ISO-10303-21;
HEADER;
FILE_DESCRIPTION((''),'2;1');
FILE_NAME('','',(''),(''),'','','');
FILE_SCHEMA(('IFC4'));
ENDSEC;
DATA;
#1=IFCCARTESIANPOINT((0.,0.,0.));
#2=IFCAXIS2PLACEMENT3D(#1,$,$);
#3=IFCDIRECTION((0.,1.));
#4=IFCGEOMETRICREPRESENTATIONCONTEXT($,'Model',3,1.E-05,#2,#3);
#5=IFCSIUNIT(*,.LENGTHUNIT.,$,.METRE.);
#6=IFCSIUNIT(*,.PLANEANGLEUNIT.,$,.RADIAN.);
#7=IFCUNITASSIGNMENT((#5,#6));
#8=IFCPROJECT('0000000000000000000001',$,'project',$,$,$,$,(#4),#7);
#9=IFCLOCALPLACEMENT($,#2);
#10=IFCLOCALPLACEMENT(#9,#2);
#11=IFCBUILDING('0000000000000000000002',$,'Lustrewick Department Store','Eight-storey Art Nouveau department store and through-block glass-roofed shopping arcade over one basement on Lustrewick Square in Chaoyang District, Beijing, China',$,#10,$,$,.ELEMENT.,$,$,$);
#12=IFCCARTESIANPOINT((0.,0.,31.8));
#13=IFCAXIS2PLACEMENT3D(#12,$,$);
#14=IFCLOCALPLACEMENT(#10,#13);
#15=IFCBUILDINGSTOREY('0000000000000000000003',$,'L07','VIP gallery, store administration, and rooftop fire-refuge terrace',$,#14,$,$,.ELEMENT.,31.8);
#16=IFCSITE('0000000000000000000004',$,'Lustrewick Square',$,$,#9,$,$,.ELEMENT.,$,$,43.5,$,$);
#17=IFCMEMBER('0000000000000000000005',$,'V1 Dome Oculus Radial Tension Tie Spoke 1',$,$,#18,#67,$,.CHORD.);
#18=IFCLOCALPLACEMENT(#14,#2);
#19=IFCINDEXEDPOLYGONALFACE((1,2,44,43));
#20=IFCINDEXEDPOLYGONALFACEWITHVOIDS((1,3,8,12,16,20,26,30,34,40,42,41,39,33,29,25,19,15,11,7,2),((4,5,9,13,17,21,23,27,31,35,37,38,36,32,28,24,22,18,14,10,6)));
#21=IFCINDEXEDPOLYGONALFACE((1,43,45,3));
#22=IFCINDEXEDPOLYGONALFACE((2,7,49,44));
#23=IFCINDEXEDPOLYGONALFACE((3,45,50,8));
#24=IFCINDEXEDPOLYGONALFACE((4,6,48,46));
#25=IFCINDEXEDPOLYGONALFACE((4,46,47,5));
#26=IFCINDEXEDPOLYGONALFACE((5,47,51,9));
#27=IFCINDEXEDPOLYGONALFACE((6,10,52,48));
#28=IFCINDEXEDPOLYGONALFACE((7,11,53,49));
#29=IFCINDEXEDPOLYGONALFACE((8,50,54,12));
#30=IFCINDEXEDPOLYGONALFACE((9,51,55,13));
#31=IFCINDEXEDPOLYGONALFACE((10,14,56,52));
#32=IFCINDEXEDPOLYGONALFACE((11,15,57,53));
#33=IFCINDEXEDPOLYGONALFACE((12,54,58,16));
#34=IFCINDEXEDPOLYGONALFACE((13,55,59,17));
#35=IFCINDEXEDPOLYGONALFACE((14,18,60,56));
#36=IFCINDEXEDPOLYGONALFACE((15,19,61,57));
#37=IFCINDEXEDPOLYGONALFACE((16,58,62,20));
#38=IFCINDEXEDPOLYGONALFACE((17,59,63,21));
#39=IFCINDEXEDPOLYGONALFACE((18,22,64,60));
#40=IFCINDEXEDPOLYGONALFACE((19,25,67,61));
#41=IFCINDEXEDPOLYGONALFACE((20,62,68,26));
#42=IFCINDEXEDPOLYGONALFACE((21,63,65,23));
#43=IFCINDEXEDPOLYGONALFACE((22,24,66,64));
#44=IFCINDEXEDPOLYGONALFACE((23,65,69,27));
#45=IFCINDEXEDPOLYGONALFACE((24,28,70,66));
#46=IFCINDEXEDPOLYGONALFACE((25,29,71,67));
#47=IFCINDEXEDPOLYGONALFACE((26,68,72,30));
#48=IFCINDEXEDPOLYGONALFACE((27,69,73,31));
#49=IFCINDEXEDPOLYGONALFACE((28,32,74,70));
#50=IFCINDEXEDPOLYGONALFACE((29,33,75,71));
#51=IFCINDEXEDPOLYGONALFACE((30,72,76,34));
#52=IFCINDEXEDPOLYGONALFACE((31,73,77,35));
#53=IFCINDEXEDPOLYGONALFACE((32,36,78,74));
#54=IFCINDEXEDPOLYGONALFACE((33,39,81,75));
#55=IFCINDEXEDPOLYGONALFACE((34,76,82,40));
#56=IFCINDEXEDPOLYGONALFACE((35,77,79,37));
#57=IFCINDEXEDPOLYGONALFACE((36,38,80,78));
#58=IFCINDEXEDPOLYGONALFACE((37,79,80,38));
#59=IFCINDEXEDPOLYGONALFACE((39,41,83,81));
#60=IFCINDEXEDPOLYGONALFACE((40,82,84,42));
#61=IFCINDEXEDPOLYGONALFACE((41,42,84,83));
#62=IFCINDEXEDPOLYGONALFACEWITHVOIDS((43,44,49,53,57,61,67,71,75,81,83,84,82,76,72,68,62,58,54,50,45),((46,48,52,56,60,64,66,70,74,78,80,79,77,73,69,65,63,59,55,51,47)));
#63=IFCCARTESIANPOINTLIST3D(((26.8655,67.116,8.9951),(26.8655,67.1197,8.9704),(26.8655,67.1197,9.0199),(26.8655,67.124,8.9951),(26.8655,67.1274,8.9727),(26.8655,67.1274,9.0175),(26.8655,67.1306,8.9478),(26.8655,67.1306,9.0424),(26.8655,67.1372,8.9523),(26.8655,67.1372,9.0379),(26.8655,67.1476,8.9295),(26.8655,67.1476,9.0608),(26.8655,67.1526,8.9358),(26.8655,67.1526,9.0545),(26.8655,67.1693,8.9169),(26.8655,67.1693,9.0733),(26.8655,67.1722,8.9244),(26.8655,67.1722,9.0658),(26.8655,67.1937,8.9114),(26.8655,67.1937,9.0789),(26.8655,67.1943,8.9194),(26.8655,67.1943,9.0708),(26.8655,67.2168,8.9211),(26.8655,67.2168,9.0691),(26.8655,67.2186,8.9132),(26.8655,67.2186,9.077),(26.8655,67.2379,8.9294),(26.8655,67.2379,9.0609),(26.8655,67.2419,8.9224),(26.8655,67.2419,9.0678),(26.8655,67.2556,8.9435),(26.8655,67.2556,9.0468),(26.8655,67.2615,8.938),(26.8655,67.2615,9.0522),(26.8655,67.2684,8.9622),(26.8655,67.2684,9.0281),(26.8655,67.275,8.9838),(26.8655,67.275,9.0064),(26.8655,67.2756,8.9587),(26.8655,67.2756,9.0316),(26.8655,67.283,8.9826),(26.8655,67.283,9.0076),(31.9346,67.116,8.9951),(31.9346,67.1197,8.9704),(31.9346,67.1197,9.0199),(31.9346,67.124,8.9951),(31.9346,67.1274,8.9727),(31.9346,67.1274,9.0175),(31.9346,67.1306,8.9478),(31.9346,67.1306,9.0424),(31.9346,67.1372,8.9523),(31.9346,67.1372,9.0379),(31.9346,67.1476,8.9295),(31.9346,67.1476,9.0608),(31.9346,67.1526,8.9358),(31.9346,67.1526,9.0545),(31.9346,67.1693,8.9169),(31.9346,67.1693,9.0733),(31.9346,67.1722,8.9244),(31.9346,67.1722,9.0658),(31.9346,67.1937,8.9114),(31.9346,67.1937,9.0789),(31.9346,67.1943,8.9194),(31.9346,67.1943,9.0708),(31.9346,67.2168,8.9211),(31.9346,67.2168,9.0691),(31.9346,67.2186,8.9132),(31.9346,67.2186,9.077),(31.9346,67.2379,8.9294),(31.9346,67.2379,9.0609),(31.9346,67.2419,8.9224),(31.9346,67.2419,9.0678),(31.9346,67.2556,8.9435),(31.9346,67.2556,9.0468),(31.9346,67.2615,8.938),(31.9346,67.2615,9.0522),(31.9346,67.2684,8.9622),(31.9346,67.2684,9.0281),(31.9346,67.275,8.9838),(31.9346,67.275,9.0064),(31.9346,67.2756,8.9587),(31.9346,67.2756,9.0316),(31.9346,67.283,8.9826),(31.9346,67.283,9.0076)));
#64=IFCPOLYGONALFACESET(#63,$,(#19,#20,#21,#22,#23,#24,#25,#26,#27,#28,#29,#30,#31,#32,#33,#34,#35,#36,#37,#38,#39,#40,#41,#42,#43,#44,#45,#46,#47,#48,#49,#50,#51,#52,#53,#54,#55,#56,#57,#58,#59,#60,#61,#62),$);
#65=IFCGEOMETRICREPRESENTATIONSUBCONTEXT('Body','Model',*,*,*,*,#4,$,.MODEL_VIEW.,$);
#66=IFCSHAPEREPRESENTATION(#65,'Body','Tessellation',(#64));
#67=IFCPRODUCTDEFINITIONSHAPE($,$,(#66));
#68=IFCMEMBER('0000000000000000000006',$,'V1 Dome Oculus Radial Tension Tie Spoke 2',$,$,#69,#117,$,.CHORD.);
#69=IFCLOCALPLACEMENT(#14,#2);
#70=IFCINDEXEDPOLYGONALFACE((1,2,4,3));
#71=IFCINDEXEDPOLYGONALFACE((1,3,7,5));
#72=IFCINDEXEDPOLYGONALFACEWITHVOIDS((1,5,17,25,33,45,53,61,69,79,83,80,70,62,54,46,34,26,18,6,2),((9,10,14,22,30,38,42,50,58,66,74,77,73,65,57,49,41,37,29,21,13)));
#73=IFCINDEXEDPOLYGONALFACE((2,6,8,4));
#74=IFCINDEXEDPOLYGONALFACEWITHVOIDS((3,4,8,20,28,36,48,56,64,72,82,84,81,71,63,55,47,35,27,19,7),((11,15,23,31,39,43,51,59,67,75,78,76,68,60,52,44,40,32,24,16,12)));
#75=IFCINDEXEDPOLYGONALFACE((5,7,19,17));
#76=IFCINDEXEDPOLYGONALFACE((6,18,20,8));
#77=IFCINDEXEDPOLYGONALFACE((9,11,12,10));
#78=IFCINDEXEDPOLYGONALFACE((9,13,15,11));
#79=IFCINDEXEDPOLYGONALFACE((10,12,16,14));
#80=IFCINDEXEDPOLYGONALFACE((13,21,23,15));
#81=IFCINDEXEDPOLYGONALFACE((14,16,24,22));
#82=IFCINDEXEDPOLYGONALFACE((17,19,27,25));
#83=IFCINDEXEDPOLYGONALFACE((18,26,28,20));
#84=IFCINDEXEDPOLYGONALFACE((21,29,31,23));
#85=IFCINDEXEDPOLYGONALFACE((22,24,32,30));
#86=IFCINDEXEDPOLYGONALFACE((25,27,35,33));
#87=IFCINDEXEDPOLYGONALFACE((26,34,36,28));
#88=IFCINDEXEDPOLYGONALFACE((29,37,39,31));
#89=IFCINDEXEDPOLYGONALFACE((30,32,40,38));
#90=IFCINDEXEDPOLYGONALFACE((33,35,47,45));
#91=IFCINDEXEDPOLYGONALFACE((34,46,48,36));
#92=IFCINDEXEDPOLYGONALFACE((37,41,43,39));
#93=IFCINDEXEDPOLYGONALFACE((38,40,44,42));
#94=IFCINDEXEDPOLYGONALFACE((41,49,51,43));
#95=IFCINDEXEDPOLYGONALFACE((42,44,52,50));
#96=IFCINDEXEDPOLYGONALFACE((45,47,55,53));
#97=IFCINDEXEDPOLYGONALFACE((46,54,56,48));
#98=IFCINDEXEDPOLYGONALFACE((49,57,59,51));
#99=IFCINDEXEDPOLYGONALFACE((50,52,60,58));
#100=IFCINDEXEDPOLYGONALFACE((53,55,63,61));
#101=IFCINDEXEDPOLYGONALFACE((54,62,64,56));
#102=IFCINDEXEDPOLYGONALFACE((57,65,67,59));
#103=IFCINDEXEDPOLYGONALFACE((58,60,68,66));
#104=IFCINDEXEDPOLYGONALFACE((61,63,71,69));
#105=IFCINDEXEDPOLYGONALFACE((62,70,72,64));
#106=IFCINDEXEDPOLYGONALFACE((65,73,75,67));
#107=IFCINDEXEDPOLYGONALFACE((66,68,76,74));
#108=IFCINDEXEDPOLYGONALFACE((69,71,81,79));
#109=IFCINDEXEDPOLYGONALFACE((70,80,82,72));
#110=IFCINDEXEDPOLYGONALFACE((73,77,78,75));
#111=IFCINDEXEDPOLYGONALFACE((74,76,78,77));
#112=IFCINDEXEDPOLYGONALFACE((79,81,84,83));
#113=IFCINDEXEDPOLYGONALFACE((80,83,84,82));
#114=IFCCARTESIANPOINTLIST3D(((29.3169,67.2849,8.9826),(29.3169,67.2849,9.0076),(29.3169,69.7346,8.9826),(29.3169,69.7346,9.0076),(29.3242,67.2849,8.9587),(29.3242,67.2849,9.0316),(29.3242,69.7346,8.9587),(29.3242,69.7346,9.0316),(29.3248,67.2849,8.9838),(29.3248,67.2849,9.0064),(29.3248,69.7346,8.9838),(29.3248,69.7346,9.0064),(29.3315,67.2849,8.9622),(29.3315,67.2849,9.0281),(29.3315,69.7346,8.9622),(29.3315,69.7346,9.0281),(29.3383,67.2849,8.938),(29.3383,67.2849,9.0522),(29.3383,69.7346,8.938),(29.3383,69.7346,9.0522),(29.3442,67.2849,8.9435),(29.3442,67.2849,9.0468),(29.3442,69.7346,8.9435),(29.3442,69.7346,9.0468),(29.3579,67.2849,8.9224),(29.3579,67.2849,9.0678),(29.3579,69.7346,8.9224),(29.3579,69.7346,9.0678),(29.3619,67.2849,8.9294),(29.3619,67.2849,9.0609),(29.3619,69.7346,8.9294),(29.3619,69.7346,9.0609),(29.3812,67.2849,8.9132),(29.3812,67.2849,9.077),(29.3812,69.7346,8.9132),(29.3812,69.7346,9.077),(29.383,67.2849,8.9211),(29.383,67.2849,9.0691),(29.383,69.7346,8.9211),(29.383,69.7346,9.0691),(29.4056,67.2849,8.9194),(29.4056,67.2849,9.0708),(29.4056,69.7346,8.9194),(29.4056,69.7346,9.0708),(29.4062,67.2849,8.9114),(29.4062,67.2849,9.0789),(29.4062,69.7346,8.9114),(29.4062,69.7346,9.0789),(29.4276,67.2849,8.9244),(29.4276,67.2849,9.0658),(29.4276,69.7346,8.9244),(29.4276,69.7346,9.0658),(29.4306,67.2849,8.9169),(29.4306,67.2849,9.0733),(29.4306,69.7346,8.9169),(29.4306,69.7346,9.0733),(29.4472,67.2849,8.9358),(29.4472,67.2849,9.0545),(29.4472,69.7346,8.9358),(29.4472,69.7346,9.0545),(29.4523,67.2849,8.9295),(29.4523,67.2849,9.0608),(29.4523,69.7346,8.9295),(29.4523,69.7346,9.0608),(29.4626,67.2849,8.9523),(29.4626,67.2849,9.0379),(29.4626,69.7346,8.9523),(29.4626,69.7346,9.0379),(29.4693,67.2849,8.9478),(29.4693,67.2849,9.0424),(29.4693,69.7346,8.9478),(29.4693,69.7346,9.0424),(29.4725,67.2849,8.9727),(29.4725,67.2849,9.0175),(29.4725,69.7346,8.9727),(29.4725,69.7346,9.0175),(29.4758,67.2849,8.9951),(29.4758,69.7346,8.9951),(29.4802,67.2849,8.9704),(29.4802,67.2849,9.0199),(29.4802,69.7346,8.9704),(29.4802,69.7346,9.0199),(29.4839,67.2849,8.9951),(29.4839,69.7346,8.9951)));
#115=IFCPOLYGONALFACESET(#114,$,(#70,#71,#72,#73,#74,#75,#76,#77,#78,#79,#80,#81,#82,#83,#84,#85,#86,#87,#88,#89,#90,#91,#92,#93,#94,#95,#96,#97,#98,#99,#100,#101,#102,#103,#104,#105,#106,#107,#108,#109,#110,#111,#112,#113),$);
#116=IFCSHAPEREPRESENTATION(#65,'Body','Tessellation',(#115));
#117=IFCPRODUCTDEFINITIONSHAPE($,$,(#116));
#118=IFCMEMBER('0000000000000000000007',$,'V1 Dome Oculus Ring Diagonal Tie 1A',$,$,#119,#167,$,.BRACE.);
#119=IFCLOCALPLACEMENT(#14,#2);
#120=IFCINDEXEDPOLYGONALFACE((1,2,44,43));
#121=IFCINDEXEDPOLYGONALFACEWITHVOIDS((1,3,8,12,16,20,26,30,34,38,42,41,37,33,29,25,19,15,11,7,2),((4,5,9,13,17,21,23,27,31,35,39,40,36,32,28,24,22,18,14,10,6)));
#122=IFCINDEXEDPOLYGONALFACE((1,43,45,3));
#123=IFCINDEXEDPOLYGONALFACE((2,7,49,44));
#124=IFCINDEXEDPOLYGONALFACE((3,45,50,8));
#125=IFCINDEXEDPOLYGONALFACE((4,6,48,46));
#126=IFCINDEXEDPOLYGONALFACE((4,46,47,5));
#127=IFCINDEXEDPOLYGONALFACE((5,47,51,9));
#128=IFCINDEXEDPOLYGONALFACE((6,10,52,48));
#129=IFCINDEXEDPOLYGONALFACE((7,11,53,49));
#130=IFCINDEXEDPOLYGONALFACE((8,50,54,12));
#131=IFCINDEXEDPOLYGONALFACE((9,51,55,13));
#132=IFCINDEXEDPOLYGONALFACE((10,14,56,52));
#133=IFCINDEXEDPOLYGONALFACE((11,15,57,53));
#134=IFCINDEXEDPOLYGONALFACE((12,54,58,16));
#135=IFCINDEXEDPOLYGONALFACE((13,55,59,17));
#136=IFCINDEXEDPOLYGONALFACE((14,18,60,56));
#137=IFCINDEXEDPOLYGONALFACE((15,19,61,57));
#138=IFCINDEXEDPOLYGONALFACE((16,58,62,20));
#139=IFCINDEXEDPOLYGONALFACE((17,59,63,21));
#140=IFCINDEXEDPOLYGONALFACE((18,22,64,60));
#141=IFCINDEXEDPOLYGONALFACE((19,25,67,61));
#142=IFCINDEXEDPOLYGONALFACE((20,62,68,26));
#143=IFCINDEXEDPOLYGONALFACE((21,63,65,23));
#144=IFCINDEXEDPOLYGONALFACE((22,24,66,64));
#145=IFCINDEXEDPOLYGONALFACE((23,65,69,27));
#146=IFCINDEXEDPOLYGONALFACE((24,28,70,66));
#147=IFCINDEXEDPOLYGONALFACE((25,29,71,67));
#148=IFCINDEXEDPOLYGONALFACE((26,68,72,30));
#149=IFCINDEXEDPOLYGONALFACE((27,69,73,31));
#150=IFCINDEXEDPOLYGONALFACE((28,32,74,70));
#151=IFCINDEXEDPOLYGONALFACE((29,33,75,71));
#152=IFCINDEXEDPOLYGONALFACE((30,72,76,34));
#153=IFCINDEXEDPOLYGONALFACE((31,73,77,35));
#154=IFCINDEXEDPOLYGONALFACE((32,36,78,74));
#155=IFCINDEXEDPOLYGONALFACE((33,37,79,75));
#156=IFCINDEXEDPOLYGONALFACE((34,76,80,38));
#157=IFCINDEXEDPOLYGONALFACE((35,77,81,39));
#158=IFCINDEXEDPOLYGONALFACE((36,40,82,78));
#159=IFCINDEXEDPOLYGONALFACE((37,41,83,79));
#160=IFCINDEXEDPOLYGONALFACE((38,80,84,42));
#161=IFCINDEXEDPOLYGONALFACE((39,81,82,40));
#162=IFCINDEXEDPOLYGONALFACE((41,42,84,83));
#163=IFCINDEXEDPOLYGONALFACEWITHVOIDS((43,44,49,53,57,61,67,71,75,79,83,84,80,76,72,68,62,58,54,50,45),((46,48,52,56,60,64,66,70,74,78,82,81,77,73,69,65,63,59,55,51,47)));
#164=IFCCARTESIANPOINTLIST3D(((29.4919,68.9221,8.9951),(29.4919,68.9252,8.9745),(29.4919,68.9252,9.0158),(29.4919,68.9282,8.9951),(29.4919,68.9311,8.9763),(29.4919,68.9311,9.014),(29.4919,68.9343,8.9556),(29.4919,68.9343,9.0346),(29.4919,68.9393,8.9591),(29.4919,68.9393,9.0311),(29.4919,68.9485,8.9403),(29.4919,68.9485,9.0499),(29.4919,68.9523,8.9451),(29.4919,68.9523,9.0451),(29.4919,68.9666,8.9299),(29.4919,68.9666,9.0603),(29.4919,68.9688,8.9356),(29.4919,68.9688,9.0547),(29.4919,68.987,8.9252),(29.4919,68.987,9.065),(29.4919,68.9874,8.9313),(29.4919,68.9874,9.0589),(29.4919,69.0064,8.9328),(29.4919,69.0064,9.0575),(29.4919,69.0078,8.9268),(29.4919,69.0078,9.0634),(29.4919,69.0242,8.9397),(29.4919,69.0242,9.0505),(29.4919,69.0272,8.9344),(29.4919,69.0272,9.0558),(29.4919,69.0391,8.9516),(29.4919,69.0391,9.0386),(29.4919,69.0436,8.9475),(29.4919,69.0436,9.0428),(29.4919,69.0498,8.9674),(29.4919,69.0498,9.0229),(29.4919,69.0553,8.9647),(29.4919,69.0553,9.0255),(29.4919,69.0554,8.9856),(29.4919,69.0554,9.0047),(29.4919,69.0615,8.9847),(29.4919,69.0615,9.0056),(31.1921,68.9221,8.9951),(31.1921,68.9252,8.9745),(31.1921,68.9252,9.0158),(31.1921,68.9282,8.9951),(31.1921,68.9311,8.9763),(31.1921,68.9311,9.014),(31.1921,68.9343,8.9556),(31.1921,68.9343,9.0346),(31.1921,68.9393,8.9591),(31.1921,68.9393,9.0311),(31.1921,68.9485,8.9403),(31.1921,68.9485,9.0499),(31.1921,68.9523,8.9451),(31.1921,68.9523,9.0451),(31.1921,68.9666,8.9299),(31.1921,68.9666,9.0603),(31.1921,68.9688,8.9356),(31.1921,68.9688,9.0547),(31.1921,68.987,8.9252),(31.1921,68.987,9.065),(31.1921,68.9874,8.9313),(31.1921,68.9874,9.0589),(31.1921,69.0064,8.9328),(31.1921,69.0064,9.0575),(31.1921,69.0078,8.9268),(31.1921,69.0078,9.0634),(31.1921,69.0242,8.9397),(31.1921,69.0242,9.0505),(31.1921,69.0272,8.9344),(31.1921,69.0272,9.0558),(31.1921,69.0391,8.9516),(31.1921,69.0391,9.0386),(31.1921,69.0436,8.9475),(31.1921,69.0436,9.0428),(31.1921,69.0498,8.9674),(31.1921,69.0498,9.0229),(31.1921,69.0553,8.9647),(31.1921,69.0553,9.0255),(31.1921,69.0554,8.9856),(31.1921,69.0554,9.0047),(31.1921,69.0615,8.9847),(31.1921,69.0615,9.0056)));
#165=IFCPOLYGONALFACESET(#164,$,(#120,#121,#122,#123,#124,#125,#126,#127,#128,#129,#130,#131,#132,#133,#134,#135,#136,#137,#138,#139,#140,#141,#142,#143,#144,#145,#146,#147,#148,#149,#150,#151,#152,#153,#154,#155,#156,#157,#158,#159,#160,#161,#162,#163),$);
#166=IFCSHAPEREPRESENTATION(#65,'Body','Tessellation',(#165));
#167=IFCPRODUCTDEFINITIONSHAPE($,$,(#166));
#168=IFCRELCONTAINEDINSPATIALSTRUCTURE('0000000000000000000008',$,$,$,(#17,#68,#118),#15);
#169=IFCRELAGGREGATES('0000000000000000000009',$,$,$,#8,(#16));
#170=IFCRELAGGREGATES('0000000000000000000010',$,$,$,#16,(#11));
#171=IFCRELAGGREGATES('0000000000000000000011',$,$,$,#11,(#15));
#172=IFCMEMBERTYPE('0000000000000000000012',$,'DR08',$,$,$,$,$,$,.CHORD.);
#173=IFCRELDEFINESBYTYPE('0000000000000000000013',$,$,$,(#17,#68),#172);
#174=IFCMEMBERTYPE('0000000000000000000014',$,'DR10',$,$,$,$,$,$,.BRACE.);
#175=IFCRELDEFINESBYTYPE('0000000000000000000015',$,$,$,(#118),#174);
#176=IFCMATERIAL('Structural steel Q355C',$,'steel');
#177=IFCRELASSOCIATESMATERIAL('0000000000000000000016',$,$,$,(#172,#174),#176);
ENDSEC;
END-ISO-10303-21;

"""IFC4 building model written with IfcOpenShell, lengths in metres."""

from ifc_helpers import new_model, si_unit, direction, frame, origin, origin_2d, place, context, subcontext, project, spatial, hollow_circle, extrude, material, material_profile, profile_set, type_object, element, save


model = new_model("IFC4")

# Units and contexts
model_context = context("Model", 3, precision=1e-05, world=origin(), true_north=direction((0.0, 1.0)))
body_context = subcontext(model_context, "Body", "Model", "MODEL_VIEW")
ifc_project = project(units=[si_unit("LENGTHUNIT", "METRE"), si_unit("PLANEANGLEUNIT", "RADIAN")], contexts=[model_context])

# Site, building, storey
site_placement = place(None, origin())
site = spatial("IfcSite", under=ifc_project, at=site_placement, Name="Lustrewick Square", CompositionType="ELEMENT", RefElevation=43.5)
building_placement = place(site_placement, origin())
building = spatial("IfcBuilding", under=site, at=building_placement, Name="Lustrewick Department Store", Description="Eight-storey Art Nouveau department store and through-block glass-roofed shopping arcade over one basement on Lustrewick Square in Chaoyang District, Beijing, China", CompositionType="ELEMENT")
storey_placement = place(building_placement, frame((0.0, 0.0, 31.8)))
storey = spatial("IfcBuildingStorey", under=building, at=storey_placement, Name="L07", Description="VIP gallery, store administration, and rooftop fire-refuge terrace", CompositionType="ELEMENT", Elevation=31.8)

# Members
ifc_material = material(Name="Structural steel Q355C", Category="steel")
ifc_material_profile_1 = material_profile(ifc_material, hollow_circle(Radius=0.084, WallThickness=0.0081, at=origin_2d()), Name="CHS 168x8")
ifc_profile_set_1 = profile_set([ifc_material_profile_1], Name="Structural steel Q355C")
member_type_1 = type_object("IfcMemberType", Name="DR08", PredefinedType="CHORD", material=ifc_profile_set_1)
member_1_placement = place(storey_placement, frame((31.9346, 67.2, 8.9951), z_axis=(-1.0, 0.0, 0.0), x_axis=(0.0, -1.0, 0.0)))
element("IfcMember", 1, at=member_1_placement, inside=storey, type_object=member_type_1, Name="V1 Dome Oculus Radial Tension Tie Spoke 1", PredefinedType="CHORD", context=body_context, shape_type="SweptSolid", body=[
    extrude(hollow_circle(Radius=0.084, WallThickness=0.0081, at=origin_2d()), origin(), (0.0, 0.0, 1.0), 5.0691),
])
member_2_placement = place(storey_placement, frame((29.3999, 69.7346, 8.9951), z_axis=(0.0, -1.0, 0.0), x_axis=(1.0, 0.0, 0.0)))
element("IfcMember", 2, at=member_2_placement, inside=storey, type_object=member_type_1, Name="V1 Dome Oculus Radial Tension Tie Spoke 2", PredefinedType="CHORD", context=body_context, shape_type="SweptSolid", body=[
    extrude(hollow_circle(Radius=0.084, WallThickness=0.0081, at=origin_2d()), origin(), (0.0, 0.0, 1.0), 2.4497),
])
ifc_material_profile_2 = material_profile(ifc_material, hollow_circle(Radius=0.0701, WallThickness=0.0061, at=origin_2d()), Name="CHS 140x6")
ifc_profile_set_2 = profile_set([ifc_material_profile_2], Name="Structural steel Q355C")
member_type_2 = type_object("IfcMemberType", Name="DR10", PredefinedType="BRACE", material=ifc_profile_set_2)
for number, where, z_axis, x_axis, name in (
    (3, (31.1921, 68.9922, 8.9951), (-1.0, 0.0, 0.0), (0.0, -1.0, 0.0), "V1 Dome Oculus Ring Diagonal Tie 1A"),
):
    element("IfcMember", number, at=place(storey_placement, frame(where, z_axis=z_axis, x_axis=x_axis)), inside=storey, type_object=member_type_2, Name=name, PredefinedType="BRACE", context=body_context, shape_type="SweptSolid", body=[
        extrude(hollow_circle(Radius=0.0701, WallThickness=0.0061, at=origin_2d()), origin(), (0.0, 0.0, 1.0), 1.7002),
    ])

save(model, "model.ifc")
